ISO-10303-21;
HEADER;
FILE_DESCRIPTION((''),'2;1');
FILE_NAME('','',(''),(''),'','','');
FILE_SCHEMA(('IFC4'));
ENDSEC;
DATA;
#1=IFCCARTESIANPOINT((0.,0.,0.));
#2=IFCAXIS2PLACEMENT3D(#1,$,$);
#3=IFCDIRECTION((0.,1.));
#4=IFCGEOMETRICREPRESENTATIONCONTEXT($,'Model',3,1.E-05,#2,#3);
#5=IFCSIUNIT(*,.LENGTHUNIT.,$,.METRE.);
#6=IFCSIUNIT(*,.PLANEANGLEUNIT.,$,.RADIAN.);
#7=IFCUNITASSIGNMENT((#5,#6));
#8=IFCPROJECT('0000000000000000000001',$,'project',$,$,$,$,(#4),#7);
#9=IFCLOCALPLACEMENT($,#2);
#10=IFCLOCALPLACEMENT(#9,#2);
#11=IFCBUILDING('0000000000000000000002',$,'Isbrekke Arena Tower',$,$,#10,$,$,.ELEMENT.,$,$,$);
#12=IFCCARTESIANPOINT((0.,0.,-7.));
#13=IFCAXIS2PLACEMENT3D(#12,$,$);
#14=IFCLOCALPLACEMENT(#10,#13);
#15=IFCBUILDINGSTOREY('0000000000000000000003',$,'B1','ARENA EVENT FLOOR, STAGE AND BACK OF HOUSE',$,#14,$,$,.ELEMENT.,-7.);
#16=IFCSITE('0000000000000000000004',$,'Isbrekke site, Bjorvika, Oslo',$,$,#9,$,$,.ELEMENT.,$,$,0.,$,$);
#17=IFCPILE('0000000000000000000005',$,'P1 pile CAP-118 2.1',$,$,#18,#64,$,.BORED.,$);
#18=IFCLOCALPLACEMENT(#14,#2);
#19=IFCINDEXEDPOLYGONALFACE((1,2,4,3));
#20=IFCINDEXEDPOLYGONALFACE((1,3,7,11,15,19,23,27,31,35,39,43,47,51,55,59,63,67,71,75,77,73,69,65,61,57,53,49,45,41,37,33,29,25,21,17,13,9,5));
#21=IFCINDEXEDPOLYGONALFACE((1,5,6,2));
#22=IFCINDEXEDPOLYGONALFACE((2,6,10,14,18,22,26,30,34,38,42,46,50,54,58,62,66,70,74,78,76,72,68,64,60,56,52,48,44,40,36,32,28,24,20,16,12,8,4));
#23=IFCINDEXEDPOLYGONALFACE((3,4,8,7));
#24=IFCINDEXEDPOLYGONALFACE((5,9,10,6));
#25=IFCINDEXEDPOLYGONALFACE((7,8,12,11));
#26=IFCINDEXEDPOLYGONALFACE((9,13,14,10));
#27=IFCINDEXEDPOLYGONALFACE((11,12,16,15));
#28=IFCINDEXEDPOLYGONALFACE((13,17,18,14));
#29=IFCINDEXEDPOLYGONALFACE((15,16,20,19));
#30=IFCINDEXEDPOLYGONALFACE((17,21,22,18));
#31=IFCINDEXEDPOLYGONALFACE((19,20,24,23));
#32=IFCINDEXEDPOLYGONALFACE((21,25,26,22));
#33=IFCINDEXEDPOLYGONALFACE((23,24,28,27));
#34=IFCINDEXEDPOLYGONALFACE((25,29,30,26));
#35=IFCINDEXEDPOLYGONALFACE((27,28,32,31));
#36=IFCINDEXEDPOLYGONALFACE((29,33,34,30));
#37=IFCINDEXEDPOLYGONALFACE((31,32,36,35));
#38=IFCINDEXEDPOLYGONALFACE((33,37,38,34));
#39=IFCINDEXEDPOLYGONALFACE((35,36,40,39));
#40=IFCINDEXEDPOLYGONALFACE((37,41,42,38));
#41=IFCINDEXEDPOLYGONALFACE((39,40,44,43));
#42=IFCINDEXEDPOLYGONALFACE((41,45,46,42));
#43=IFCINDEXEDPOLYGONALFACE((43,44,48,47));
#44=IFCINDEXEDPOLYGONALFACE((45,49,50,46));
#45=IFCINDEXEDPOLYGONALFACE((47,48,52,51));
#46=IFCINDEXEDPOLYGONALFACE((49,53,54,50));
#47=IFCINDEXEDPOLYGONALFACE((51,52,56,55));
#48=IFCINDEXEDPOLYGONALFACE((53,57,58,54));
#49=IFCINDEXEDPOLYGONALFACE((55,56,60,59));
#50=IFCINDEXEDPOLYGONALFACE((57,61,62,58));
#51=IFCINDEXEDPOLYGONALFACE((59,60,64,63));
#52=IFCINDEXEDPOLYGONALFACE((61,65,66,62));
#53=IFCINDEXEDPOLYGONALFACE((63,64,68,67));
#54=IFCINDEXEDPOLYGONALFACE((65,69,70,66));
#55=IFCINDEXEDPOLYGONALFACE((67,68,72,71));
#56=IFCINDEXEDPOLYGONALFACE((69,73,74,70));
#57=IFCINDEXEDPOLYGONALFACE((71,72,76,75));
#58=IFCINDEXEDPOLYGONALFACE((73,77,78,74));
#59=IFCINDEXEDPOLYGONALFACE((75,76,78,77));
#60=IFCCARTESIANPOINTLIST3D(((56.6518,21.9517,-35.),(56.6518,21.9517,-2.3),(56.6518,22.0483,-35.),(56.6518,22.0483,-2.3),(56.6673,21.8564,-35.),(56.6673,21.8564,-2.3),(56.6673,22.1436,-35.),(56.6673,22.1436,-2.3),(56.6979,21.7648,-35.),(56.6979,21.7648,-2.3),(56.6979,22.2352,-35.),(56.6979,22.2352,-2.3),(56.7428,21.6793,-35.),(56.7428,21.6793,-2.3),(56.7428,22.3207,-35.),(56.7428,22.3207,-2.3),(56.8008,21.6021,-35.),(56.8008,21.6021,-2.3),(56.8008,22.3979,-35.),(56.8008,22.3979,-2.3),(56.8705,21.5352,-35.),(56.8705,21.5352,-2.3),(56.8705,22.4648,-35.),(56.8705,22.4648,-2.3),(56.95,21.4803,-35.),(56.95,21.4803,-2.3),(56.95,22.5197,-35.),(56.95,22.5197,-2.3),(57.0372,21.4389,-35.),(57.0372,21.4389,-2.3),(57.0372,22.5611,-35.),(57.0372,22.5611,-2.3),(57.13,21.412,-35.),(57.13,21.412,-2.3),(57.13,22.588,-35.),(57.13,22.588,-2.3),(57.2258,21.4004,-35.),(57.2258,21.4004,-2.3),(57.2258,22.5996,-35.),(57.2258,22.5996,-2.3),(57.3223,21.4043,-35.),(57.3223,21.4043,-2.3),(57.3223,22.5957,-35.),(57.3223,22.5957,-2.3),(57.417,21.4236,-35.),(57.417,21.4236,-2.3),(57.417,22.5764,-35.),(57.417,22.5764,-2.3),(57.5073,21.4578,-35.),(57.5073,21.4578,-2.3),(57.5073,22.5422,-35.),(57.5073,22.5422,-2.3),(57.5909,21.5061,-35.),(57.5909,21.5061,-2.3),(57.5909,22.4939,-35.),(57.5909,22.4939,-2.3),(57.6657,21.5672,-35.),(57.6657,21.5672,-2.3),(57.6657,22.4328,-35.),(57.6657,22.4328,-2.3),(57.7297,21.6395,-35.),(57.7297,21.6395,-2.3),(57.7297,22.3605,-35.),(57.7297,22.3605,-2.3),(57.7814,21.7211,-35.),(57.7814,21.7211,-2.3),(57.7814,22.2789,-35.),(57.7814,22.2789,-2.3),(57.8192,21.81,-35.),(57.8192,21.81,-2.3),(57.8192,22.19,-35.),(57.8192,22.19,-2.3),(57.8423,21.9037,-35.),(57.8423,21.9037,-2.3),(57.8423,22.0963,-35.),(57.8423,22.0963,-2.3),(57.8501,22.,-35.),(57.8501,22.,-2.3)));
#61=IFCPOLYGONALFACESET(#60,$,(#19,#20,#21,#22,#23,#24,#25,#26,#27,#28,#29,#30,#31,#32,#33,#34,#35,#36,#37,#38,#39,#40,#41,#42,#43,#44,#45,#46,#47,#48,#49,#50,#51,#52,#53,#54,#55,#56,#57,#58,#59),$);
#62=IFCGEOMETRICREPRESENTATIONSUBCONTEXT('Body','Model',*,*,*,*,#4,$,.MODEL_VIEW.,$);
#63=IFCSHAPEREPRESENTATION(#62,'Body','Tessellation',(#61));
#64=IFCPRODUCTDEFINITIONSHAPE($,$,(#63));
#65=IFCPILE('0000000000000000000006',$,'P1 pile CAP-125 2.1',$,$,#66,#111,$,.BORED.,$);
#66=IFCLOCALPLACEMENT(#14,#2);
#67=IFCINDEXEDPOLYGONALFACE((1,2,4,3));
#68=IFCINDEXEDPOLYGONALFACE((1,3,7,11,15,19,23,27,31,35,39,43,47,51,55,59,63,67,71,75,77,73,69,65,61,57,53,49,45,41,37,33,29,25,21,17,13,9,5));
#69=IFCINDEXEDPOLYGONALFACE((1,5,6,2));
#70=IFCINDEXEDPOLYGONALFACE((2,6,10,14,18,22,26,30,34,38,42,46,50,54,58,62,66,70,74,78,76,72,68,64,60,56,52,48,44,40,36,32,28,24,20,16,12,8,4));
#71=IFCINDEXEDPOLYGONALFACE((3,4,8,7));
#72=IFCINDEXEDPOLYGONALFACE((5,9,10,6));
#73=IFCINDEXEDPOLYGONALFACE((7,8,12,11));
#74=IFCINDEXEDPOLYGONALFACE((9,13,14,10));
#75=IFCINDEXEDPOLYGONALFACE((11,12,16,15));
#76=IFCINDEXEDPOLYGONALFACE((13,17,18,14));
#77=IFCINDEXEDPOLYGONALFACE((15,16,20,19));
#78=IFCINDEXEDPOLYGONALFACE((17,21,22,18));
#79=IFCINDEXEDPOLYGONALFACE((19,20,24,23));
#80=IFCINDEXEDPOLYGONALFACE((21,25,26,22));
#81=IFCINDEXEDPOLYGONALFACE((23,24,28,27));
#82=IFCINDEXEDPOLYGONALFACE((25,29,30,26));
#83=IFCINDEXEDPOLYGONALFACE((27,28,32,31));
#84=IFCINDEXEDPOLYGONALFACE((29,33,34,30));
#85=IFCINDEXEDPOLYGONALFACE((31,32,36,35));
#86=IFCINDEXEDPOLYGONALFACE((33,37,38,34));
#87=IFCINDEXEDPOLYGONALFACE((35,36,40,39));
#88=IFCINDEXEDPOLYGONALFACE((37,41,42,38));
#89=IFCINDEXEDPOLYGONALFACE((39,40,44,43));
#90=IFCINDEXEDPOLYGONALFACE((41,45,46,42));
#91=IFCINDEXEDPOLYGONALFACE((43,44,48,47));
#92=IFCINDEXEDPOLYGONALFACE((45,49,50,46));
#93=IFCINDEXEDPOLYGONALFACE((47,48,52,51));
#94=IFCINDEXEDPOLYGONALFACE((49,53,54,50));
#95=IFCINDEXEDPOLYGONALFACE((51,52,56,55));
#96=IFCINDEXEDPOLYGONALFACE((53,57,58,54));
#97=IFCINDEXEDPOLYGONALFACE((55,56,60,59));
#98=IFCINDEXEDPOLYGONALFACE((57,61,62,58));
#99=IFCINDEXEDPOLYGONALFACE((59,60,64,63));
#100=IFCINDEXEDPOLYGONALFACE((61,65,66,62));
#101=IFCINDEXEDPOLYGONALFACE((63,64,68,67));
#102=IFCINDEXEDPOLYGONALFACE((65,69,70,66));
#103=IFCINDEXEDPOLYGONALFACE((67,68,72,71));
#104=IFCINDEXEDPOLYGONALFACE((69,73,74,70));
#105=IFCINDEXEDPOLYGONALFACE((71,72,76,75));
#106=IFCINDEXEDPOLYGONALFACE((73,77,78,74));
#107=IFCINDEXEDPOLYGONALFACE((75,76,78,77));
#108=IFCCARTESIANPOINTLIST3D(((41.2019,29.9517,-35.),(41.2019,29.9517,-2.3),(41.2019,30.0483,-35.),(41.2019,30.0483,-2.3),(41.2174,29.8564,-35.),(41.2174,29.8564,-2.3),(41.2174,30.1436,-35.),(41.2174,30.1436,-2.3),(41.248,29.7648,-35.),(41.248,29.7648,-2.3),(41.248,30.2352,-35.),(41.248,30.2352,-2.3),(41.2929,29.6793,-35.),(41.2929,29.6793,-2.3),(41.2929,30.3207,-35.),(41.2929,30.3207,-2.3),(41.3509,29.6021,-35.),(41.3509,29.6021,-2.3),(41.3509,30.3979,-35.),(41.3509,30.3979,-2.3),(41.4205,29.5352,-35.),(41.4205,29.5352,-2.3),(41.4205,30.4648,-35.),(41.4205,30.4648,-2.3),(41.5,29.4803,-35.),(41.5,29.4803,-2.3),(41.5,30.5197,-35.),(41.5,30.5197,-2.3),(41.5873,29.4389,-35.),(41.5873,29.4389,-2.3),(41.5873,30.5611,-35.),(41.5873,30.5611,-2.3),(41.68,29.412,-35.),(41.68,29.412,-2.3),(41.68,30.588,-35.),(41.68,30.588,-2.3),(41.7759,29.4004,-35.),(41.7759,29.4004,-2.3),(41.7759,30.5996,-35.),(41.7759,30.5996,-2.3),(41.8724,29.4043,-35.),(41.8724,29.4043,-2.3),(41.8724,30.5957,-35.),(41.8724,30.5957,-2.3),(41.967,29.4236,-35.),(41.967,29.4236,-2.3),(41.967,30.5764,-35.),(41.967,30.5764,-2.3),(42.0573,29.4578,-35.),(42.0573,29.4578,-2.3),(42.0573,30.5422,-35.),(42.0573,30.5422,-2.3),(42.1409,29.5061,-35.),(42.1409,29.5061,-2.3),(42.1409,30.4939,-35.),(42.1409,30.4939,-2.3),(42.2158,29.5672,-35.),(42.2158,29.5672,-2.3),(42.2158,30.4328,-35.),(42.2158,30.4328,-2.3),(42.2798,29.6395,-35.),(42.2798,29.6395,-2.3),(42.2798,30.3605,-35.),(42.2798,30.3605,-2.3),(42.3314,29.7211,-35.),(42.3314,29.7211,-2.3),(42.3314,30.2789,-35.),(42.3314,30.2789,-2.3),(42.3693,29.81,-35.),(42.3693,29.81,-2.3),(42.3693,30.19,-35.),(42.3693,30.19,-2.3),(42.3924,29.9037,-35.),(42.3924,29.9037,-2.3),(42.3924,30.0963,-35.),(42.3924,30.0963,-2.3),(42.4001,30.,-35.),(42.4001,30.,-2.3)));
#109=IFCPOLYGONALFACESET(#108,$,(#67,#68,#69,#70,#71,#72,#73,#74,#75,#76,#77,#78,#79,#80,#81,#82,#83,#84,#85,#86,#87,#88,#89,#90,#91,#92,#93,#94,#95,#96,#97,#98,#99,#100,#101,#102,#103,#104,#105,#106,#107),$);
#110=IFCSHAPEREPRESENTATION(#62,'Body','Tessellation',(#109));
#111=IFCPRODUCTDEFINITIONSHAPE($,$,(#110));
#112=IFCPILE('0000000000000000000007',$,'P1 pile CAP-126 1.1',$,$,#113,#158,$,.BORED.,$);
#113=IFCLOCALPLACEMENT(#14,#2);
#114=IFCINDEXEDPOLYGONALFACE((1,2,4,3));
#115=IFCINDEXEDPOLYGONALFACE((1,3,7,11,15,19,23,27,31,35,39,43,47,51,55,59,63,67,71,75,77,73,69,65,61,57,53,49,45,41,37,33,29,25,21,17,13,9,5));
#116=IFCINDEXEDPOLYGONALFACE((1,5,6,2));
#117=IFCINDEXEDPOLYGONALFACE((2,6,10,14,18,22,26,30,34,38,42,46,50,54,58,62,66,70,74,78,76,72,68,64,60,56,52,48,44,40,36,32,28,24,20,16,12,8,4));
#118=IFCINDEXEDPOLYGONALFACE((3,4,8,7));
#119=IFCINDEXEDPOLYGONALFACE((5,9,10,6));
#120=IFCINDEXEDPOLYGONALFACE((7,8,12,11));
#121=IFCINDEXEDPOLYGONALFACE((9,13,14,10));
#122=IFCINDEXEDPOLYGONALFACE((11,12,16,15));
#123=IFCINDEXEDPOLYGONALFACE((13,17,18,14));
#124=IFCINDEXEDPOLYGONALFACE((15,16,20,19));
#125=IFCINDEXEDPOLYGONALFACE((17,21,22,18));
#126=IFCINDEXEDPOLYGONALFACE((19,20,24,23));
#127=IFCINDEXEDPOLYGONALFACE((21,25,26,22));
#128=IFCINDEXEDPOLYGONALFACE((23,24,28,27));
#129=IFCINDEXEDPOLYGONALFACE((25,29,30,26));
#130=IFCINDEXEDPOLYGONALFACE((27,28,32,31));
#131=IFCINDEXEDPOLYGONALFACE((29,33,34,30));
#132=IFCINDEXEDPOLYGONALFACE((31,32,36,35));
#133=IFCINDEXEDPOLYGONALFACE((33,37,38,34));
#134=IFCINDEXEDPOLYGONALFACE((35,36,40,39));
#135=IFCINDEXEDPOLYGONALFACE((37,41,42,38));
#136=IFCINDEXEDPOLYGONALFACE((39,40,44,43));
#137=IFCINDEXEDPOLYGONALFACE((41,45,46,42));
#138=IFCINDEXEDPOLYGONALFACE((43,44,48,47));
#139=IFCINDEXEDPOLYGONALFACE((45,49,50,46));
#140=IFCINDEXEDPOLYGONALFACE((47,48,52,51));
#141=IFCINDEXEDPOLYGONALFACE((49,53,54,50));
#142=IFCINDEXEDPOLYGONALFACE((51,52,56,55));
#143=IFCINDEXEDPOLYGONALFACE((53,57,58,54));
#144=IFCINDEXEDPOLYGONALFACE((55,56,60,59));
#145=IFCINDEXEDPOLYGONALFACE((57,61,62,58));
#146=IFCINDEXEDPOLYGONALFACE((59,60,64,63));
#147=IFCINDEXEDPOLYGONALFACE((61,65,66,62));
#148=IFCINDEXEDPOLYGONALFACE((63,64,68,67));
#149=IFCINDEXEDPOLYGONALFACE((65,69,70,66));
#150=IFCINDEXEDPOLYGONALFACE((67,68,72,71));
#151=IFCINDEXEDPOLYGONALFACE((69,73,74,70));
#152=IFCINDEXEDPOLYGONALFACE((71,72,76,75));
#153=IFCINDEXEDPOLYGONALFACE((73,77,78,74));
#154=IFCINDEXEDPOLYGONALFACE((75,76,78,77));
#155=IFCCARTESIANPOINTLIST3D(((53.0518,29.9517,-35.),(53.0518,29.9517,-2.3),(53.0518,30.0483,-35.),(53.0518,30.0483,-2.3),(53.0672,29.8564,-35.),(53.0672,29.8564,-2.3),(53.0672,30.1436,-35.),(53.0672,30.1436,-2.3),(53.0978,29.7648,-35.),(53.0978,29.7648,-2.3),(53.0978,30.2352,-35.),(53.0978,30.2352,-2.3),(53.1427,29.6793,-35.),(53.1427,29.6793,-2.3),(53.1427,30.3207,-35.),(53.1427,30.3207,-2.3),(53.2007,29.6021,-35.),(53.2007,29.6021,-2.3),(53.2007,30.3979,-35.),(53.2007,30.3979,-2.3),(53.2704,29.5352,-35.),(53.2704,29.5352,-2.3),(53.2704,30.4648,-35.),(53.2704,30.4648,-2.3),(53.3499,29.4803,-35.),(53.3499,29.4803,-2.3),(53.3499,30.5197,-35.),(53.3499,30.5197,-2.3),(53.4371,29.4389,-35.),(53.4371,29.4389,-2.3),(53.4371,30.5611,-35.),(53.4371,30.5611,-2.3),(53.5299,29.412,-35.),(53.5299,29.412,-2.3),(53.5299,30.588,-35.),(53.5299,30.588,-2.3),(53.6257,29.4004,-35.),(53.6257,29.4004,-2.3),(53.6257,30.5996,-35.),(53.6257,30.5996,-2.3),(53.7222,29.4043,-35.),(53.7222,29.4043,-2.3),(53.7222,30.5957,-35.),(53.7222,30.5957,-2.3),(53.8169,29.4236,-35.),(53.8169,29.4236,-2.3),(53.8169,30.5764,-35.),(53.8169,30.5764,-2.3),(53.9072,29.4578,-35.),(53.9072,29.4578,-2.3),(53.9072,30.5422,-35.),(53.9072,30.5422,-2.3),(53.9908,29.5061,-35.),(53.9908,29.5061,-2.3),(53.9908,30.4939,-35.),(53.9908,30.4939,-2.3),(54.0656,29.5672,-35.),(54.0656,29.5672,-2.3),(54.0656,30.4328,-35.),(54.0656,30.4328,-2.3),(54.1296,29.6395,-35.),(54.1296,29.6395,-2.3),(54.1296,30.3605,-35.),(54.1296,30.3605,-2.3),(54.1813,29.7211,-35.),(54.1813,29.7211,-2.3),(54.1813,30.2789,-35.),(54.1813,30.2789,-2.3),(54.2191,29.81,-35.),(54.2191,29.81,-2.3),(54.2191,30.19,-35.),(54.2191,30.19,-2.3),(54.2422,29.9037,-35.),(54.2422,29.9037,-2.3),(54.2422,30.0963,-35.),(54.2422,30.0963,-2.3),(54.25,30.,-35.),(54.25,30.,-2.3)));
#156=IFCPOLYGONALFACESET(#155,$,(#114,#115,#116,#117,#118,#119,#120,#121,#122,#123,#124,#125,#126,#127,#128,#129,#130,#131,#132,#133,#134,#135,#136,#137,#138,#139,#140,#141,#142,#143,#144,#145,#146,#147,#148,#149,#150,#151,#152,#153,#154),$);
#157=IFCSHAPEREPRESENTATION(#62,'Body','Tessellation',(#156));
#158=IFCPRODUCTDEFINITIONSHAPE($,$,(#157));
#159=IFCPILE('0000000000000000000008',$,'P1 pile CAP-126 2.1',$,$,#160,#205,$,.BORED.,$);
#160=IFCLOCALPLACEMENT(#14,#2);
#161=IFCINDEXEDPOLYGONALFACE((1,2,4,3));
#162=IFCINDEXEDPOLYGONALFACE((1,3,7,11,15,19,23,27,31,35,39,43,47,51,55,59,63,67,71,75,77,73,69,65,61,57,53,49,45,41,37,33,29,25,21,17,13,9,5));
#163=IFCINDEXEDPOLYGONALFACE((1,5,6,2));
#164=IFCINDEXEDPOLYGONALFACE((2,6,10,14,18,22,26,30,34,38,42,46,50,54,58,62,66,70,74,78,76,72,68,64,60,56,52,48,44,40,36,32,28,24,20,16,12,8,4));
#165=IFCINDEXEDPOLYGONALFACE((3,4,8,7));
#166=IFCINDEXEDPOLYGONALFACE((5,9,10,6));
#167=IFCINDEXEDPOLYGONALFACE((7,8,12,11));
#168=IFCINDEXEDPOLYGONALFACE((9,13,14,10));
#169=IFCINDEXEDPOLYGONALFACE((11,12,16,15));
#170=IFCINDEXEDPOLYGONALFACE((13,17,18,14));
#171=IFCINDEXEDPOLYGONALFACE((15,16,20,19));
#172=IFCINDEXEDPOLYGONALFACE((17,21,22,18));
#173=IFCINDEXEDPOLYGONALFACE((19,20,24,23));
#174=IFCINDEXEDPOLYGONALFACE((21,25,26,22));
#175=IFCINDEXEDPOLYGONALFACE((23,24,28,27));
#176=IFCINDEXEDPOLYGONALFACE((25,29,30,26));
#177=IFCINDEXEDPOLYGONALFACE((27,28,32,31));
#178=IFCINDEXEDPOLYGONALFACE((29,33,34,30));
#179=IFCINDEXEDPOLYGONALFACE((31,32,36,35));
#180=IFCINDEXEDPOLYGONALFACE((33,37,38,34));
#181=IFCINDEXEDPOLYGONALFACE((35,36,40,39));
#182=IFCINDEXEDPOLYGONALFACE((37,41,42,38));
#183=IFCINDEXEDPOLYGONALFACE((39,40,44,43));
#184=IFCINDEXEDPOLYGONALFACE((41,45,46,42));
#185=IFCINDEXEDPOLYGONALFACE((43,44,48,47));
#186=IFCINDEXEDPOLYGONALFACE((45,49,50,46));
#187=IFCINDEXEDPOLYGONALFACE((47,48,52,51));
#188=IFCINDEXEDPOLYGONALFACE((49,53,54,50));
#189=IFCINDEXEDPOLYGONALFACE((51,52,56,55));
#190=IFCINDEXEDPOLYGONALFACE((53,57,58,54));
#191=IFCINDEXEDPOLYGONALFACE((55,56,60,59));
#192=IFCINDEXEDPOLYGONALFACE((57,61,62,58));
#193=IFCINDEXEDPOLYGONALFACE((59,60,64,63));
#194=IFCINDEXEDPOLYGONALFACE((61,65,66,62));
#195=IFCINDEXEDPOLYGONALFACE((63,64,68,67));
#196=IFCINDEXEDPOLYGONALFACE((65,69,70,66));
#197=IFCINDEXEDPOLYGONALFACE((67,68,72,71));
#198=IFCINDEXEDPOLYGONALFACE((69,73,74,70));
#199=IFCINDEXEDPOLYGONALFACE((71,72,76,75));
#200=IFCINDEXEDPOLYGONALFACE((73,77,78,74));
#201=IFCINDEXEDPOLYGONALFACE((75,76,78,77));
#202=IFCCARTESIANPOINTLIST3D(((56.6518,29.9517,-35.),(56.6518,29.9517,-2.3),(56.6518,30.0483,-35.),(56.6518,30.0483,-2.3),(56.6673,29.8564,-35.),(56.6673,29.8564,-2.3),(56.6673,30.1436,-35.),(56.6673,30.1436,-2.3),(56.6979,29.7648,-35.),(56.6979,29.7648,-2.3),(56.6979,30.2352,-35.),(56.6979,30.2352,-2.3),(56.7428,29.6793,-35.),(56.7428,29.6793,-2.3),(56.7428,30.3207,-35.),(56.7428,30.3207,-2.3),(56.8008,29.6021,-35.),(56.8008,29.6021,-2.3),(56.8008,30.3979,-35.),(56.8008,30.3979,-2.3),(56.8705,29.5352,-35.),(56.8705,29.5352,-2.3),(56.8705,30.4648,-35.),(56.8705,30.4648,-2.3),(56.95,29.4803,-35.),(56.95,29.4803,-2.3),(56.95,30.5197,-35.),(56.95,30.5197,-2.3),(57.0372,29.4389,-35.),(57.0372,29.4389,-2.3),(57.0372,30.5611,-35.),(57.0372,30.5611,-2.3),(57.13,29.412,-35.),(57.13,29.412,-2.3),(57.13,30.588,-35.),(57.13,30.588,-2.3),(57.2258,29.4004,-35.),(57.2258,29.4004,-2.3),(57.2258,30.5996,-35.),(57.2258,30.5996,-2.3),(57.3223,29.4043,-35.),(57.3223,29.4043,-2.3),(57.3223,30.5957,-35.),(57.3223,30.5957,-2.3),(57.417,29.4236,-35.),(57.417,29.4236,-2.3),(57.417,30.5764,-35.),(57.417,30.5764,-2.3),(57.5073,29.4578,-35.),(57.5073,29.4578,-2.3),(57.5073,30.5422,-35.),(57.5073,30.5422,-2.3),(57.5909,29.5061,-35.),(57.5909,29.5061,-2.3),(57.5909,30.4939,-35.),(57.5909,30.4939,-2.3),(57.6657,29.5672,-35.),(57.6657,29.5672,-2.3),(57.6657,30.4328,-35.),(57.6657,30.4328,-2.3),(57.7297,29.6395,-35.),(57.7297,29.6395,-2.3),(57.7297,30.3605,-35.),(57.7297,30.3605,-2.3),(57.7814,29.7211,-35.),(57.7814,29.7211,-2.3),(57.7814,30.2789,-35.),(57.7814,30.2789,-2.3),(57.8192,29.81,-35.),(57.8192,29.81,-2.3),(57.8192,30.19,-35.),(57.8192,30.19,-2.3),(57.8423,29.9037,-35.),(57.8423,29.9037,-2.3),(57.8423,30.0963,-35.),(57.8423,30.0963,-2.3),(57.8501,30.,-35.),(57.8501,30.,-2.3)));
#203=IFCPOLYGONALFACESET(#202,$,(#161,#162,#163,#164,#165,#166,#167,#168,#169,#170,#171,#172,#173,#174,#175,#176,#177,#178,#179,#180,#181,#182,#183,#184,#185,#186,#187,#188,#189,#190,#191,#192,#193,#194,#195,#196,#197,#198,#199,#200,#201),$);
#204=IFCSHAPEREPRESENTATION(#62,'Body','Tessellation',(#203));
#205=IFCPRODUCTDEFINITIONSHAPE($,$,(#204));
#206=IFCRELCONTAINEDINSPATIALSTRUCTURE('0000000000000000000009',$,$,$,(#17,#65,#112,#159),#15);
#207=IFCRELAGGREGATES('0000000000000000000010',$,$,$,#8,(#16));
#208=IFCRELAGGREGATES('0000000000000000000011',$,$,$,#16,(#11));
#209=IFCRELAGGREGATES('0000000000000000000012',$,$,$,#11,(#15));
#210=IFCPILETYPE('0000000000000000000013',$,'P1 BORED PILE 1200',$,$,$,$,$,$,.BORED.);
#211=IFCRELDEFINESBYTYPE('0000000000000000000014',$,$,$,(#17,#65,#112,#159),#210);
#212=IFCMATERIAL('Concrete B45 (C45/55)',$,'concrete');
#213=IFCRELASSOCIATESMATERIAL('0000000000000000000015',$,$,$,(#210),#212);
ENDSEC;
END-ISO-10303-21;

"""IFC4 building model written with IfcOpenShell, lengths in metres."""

from ifc_helpers import new_model, si_unit, direction, frame, origin, origin_2d, place, context, subcontext, project, spatial, circle, extrude, material, material_profile, profile_set, type_object, element, save


model = new_model("IFC4")

# Units and contexts
model_context = context("Model", 3, precision=1e-05, world=origin(), true_north=direction((0.0, 1.0)))
body_context = subcontext(model_context, "Body", "Model", "MODEL_VIEW")
ifc_project = project(units=[si_unit("LENGTHUNIT", "METRE"), si_unit("PLANEANGLEUNIT", "RADIAN")], contexts=[model_context])

# Site, building, storey
site_placement = place(None, origin())
site = spatial("IfcSite", under=ifc_project, at=site_placement, Name="Isbrekke site, Bjorvika, Oslo", CompositionType="ELEMENT", RefElevation=0.0)
building_placement = place(site_placement, origin())
building = spatial("IfcBuilding", under=site, at=building_placement, Name="Isbrekke Arena Tower", CompositionType="ELEMENT")
storey_placement = place(building_placement, frame((0.0, 0.0, -7.0)))
storey = spatial("IfcBuildingStorey", under=building, at=storey_placement, Name="B1", Description="ARENA EVENT FLOOR, STAGE AND BACK OF HOUSE", CompositionType="ELEMENT", Elevation=-7.0)

# Piles
ifc_material_1 = material(Name="Concrete B45 (C45/55)", Category="concrete")
ifc_material_profile_1 = material_profile(ifc_material_1, circle(Radius=0.6001, at=origin_2d()), Name="BORED PILE D1200")
ifc_profile_set_1 = profile_set([ifc_material_profile_1], Name="Concrete B45 (C45/55)")
pile_type = type_object("IfcPileType", Name="P1 BORED PILE 1200", PredefinedType="BORED", material=ifc_profile_set_1)
for number, where, z_axis, x_axis, name in (
    (1, (57.25, 22.0, -2.3), (0.0, 0.0, -1.0), (1.0, 0.0, 0.0), "P1 pile CAP-118 2.1"),
    (2, (41.8, 30.0, -2.3), (0.0, 0.0, -1.0), (1.0, 0.0, 0.0), "P1 pile CAP-125 2.1"),
    (3, (53.6499, 30.0, -2.3), (0.0, 0.0, -1.0), (1.0, 0.0, 0.0), "P1 pile CAP-126 1.1"),
    (4, (57.25, 30.0, -2.3), (0.0, 0.0, -1.0), (1.0, 0.0, 0.0), "P1 pile CAP-126 2.1"),
):
    element("IfcPile", number, at=place(storey_placement, frame(where, z_axis=z_axis, x_axis=x_axis)), inside=storey, type_object=pile_type, Name=name, PredefinedType="BORED", context=body_context, shape_type="SweptSolid", body=[
        extrude(circle(Radius=0.6001, at=origin_2d()), origin(), (0.0, 0.0, 1.0), 32.7),
    ])

save(model, "model.ifc")
